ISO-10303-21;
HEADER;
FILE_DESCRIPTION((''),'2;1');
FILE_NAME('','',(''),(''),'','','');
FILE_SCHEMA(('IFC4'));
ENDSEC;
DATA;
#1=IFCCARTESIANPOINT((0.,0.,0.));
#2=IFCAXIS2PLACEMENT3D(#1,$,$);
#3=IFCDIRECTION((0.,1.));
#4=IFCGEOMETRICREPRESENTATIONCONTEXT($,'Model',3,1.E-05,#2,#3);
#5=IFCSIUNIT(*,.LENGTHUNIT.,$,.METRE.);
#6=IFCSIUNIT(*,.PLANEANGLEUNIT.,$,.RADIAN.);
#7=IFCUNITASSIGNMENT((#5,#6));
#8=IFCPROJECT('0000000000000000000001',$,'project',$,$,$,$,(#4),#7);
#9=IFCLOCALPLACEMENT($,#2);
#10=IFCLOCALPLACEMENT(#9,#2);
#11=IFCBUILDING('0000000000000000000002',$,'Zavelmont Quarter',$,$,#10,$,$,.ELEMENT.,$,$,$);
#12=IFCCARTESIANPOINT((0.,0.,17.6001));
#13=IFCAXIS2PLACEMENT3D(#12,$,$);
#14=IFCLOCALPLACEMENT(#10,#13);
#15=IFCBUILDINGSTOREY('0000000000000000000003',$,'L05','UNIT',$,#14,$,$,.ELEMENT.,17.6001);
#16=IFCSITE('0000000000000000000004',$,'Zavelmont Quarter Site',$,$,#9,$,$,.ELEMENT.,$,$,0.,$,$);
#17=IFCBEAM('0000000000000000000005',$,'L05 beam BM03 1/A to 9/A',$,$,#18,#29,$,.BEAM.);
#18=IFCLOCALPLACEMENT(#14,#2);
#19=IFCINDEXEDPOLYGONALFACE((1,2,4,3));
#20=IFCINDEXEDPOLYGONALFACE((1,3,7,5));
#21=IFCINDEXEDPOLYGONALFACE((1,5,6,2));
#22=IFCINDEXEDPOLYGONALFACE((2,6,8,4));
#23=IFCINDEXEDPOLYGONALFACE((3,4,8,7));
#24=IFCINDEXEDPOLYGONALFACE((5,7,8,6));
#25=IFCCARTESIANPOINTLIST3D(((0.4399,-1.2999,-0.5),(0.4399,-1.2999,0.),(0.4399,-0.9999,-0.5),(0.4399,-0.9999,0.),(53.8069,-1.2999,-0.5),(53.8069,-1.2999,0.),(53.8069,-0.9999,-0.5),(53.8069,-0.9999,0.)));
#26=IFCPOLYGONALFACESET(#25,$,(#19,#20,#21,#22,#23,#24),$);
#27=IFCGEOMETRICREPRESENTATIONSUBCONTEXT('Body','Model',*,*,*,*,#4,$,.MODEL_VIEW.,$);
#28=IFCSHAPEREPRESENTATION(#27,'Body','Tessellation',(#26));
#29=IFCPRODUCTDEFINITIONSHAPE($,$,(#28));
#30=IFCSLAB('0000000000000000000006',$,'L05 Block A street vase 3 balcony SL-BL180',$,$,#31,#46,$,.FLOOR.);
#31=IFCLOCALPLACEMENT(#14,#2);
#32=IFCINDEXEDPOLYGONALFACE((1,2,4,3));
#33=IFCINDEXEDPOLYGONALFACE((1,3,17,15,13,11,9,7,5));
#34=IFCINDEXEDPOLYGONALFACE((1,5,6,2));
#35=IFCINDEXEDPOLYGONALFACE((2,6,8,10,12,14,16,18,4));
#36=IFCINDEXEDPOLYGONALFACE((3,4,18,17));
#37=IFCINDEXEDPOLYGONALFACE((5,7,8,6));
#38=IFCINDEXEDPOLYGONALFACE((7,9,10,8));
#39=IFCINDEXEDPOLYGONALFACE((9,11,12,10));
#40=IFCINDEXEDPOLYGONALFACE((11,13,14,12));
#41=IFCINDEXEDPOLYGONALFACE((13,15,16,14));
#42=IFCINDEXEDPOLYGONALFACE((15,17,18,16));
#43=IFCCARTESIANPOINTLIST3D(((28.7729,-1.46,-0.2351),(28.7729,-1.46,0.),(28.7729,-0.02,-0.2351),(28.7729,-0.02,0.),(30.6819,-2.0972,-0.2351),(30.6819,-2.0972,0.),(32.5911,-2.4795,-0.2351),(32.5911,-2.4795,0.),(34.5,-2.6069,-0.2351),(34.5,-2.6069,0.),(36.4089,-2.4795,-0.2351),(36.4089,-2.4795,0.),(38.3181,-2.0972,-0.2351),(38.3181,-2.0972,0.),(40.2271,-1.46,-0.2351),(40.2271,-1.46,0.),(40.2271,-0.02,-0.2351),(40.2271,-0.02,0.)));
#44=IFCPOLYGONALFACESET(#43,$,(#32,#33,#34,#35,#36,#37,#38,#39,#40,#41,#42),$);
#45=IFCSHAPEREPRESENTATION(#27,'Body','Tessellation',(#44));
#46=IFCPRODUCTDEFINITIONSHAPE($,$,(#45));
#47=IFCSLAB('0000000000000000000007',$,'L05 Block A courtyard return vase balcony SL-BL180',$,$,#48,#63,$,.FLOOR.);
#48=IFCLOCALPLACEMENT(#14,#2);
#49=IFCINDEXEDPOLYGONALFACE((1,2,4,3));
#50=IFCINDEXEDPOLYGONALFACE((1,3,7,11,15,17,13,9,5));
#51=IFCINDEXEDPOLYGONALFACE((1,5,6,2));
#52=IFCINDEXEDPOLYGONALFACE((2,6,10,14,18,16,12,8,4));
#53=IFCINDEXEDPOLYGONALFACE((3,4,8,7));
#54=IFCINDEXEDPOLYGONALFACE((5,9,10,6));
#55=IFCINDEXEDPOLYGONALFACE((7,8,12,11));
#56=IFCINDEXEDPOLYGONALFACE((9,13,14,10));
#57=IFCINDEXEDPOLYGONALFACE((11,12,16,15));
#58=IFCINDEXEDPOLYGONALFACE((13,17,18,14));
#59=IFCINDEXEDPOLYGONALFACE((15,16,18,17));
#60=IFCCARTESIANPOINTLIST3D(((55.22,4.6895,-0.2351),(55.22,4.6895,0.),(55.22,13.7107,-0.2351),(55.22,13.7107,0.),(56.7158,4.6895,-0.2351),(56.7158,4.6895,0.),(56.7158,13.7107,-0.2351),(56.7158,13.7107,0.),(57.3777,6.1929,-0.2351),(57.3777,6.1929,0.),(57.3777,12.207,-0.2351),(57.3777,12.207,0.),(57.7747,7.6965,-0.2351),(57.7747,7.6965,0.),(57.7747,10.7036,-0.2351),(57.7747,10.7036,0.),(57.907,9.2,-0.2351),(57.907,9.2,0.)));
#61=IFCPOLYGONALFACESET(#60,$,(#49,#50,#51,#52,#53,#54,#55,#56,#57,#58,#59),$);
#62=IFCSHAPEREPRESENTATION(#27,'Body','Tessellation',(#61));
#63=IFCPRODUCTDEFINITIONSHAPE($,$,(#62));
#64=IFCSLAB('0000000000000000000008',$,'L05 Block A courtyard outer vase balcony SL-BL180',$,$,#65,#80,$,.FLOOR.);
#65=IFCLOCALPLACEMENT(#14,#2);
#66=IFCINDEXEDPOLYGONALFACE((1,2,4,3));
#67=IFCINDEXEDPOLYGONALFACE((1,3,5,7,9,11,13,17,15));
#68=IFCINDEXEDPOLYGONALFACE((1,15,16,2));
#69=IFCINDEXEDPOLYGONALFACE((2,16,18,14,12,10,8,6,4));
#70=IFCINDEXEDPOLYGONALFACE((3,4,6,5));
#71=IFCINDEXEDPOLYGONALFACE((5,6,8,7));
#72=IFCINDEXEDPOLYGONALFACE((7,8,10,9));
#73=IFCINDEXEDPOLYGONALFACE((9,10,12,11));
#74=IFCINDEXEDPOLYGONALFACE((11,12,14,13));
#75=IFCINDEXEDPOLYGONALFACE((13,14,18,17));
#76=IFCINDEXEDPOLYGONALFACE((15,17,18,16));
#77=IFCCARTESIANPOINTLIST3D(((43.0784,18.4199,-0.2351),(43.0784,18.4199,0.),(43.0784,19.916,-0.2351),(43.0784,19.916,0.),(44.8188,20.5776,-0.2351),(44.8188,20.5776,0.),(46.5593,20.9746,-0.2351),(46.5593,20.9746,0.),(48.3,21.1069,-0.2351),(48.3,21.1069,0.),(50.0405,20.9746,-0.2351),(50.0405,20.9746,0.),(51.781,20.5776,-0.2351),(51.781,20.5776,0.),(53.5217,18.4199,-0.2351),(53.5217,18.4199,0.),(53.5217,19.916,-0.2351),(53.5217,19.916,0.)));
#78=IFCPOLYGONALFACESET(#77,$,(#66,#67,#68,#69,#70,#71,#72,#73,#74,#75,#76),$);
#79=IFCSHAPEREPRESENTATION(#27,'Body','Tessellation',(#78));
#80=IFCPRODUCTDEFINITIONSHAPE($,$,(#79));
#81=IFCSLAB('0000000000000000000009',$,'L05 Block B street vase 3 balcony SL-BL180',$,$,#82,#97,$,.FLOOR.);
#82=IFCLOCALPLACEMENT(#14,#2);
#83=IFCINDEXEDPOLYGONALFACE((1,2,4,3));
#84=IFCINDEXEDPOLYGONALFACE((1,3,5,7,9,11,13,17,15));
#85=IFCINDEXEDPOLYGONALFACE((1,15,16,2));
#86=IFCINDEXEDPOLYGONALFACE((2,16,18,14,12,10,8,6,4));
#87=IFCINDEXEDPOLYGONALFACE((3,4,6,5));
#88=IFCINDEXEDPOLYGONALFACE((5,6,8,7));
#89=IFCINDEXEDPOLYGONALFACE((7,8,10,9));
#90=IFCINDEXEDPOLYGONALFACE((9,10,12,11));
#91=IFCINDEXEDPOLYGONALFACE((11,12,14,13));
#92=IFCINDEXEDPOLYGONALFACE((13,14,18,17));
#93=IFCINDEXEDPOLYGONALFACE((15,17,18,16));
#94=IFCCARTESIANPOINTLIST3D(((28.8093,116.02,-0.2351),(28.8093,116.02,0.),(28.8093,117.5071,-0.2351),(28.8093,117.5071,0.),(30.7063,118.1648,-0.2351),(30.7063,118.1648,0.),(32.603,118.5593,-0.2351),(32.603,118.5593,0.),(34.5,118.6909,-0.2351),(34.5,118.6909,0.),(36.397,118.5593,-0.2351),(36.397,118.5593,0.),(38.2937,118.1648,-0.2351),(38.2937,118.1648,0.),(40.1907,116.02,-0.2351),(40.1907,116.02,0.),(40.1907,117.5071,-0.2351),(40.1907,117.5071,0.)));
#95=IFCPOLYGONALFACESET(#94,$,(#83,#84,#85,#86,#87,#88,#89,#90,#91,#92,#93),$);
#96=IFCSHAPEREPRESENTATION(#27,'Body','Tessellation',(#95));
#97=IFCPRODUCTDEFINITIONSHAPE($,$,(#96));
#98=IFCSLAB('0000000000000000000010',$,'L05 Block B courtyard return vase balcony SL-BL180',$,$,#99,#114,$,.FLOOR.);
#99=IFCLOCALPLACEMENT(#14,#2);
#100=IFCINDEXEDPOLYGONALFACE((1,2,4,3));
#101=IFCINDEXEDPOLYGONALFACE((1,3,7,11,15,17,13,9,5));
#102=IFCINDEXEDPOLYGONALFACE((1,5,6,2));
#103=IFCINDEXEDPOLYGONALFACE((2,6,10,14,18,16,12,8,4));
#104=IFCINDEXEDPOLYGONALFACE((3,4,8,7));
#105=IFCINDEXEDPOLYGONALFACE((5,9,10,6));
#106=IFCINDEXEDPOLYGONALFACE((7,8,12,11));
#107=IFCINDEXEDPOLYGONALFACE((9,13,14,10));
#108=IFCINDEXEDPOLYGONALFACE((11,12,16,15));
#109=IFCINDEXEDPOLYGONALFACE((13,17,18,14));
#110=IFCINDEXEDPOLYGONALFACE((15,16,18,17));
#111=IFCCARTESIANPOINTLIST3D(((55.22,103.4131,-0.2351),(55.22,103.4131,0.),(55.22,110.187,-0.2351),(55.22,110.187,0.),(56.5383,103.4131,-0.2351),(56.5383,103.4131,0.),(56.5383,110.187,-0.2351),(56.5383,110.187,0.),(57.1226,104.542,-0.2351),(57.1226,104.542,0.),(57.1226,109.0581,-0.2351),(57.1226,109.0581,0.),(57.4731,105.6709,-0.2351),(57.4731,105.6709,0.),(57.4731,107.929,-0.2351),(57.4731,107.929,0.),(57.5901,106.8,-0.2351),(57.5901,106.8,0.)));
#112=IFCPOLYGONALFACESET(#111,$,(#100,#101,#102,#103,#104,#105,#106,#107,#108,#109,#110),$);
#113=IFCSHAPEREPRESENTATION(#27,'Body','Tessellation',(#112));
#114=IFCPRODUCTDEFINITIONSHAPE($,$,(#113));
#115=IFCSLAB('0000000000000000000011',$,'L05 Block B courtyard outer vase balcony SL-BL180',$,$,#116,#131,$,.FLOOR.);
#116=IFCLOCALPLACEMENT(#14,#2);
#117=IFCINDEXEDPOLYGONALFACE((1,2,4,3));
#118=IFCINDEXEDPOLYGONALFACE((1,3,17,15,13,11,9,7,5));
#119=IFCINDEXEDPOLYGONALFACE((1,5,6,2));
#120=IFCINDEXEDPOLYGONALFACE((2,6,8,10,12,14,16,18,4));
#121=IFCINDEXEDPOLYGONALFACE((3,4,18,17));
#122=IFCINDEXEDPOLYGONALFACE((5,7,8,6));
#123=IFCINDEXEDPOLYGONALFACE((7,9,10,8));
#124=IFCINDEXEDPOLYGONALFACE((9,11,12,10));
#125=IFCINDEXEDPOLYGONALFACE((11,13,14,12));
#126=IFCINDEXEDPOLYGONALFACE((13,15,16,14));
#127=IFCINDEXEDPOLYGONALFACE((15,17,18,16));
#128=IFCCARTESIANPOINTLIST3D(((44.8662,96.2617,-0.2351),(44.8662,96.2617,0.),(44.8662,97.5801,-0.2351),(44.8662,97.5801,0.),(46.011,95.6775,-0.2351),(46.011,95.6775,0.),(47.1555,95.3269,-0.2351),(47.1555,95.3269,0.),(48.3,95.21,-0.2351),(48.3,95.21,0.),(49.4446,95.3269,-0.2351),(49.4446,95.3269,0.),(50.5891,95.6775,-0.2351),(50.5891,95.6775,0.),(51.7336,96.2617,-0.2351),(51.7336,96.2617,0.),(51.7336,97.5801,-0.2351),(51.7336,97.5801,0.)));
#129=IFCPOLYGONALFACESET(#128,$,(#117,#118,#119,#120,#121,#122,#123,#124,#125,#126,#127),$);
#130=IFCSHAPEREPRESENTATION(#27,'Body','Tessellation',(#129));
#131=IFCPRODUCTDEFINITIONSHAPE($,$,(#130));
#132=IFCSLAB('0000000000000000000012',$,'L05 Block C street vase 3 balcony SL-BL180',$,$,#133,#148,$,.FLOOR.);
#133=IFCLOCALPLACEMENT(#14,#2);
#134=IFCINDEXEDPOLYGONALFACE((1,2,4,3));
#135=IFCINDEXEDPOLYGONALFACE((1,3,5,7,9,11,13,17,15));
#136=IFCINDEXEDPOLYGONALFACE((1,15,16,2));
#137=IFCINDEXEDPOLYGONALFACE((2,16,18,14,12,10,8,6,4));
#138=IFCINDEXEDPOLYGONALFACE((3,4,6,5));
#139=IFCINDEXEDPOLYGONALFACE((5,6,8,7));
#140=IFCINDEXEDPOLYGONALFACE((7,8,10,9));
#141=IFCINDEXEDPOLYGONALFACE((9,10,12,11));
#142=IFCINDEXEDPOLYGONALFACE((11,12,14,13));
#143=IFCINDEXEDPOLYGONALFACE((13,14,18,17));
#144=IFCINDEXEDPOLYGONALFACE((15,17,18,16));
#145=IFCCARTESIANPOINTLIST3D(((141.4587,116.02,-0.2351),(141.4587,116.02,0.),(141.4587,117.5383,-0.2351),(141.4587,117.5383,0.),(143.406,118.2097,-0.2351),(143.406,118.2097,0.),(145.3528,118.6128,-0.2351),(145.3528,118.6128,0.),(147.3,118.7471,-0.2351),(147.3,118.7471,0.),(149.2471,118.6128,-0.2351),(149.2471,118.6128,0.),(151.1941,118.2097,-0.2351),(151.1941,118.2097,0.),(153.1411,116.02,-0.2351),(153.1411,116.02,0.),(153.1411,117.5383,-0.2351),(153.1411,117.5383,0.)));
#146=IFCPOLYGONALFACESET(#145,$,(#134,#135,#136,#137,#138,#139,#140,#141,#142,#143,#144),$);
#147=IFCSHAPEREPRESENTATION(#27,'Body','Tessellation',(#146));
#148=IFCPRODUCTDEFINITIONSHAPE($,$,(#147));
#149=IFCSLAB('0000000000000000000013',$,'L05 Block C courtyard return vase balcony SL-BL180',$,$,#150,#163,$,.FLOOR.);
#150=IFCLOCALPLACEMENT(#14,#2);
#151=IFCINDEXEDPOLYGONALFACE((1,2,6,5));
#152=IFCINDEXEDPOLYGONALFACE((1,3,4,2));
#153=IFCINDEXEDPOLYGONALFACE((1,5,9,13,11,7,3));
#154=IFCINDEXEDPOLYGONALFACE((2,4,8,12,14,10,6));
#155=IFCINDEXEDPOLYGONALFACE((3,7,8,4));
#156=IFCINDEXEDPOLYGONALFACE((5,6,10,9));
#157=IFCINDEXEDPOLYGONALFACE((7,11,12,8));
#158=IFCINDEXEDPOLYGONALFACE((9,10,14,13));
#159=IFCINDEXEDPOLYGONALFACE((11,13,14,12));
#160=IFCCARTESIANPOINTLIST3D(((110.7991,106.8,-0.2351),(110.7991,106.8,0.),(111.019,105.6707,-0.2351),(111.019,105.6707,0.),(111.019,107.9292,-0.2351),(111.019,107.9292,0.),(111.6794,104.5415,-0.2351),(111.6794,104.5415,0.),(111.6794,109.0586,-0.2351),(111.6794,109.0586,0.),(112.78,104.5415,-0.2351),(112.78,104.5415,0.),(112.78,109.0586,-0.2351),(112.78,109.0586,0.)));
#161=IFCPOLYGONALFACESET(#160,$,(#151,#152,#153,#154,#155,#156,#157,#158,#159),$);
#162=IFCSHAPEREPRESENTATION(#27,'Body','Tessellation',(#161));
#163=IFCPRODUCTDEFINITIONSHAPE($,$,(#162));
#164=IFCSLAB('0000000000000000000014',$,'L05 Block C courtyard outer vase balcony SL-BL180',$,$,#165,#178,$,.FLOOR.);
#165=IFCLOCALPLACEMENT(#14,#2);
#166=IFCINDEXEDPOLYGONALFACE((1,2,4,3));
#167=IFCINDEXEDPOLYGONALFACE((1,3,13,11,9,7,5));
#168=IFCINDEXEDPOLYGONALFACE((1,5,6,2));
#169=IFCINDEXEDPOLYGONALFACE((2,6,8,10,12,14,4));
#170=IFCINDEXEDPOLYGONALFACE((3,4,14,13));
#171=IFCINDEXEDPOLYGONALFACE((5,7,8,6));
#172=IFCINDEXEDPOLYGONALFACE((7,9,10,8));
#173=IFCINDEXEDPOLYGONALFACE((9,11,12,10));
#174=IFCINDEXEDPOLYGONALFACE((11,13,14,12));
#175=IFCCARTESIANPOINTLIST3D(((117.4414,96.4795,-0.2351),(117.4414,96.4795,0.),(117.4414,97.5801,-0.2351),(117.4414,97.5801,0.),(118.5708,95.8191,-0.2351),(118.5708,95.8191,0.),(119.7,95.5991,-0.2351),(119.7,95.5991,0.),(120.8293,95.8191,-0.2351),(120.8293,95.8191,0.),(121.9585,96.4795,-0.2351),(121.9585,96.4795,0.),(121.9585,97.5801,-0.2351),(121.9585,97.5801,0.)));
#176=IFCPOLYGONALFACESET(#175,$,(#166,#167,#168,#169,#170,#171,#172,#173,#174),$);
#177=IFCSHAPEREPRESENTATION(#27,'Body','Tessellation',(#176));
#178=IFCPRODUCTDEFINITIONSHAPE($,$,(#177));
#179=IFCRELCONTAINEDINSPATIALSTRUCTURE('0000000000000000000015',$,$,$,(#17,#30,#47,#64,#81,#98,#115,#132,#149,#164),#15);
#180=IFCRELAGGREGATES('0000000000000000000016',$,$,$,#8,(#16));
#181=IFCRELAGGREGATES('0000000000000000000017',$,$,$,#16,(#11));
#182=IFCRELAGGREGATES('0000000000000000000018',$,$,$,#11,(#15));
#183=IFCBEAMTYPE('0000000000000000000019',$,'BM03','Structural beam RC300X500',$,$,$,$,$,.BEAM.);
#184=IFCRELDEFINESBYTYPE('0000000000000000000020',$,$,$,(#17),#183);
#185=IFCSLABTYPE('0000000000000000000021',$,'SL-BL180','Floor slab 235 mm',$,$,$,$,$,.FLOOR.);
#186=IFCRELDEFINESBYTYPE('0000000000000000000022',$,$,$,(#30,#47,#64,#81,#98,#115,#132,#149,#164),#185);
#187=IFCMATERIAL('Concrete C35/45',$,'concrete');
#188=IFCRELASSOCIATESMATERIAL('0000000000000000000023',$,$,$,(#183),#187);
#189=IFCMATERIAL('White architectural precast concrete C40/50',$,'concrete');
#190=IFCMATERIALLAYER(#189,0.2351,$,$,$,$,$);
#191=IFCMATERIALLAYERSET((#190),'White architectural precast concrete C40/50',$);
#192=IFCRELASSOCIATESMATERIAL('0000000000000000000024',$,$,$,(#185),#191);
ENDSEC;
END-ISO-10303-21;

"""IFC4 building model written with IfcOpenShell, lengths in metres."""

from ifc_helpers import new_model, si_unit, direction, frame, origin, origin_2d, place, context, subcontext, project, spatial, polyline, rectangle, outline, extrude, material, layer, layer_set, material_profile, profile_set, type_object, element, save


model = new_model("IFC4")

# Units and contexts
model_context = context("Model", 3, precision=1e-05, world=origin(), true_north=direction((0.0, 1.0)))
body_context = subcontext(model_context, "Body", "Model", "MODEL_VIEW")
ifc_project = project(units=[si_unit("LENGTHUNIT", "METRE"), si_unit("PLANEANGLEUNIT", "RADIAN")], contexts=[model_context])

# Site, building, storey
site_placement = place(None, origin())
site = spatial("IfcSite", under=ifc_project, at=site_placement, Name="Zavelmont Quarter Site", CompositionType="ELEMENT", RefElevation=0.0)
building_placement = place(site_placement, origin())
building = spatial("IfcBuilding", under=site, at=building_placement, Name="Zavelmont Quarter", CompositionType="ELEMENT")
storey_placement = place(building_placement, frame((0.0, 0.0, 17.6001)))
storey = spatial("IfcBuildingStorey", under=building, at=storey_placement, Name="L05", Description="UNIT", CompositionType="ELEMENT", Elevation=17.6001)

# Beam
ifc_material_1 = material(Name="Concrete C35/45", Category="concrete")
ifc_material_profile = material_profile(ifc_material_1, rectangle(XDim=0.3, YDim=0.5, at=origin_2d()), Name="RC300X500")
ifc_profile_set = profile_set([ifc_material_profile], Name="Concrete C35/45")
beam_type = type_object("IfcBeamType", Name="BM03", Description="Structural beam RC300X500", PredefinedType="BEAM", material=ifc_profile_set)
beam_placement = place(storey_placement, frame((0.4399, -1.1499, -0.25), z_axis=(1.0, 0.0, 0.0), x_axis=(0.0, 1.0, 0.0)))
element("IfcBeam", 1, at=beam_placement, inside=storey, type_object=beam_type, Name="L05 beam BM03 1/A to 9/A", PredefinedType="BEAM", context=body_context, shape_type="SweptSolid", body=[
    extrude(rectangle(XDim=0.3, YDim=0.5, at=origin_2d()), origin(), (0.0, 0.0, 1.0), 53.3669),
])

# Slabs
ifc_material_2 = material(Name="White architectural precast concrete C40/50", Category="concrete")
ifc_layer_1 = layer(ifc_material_2, 0.2351)
ifc_layer_set_1 = layer_set([ifc_layer_1], Name="White architectural precast concrete C40/50")
slab_type_1 = type_object("IfcSlabType", Name="SL-BL180", Description="Floor slab 235 mm", PredefinedType="FLOOR", material=ifc_layer_set_1)
slab_1_placement = place(storey_placement, frame((0.0, 0.0, -0.2351)))
element("IfcSlab", 2, at=slab_1_placement, inside=storey, type_object=slab_type_1, Name="L05 Block A street vase 3 balcony SL-BL180", PredefinedType="FLOOR", context=body_context, shape_type="SweptSolid", body=[
    extrude(outline(polyline([(28.7729, -0.02), (28.7729, -1.46), (30.6819, -2.0972), (32.5911, -2.4795), (34.5, -2.6069), (36.4089, -2.4795), (38.3181, -2.0972), (40.2271, -1.46), (40.2271, -0.02), (28.7729, -0.02)])), origin(), (0.0, 0.0, 1.0), 0.2351),
])
slab_2_placement = place(storey_placement, frame((0.0, 0.0, -0.2351)))
element("IfcSlab", 3, at=slab_2_placement, inside=storey, type_object=slab_type_1, Name="L05 Block A courtyard return vase balcony SL-BL180", PredefinedType="FLOOR", context=body_context, shape_type="SweptSolid", body=[
    extrude(outline(polyline([(55.22, 4.6895), (56.7158, 4.6895), (57.3777, 6.1929), (57.7747, 7.6965), (57.907, 9.2), (57.7747, 10.7036), (57.3777, 12.207), (56.7158, 13.7107), (55.22, 13.7107), (55.22, 4.6895)])), origin(), (0.0, 0.0, 1.0), 0.2351),
])
slab_3_placement = place(storey_placement, frame((0.0, 0.0, -0.2351)))
element("IfcSlab", 4, at=slab_3_placement, inside=storey, type_object=slab_type_1, Name="L05 Block A courtyard outer vase balcony SL-BL180", PredefinedType="FLOOR", context=body_context, shape_type="SweptSolid", body=[
    extrude(outline(polyline([(53.5217, 18.4199), (53.5217, 19.916), (51.781, 20.5776), (50.0405, 20.9746), (48.3, 21.1069), (46.5593, 20.9746), (44.8188, 20.5776), (43.0784, 19.916), (43.0784, 18.4199), (53.5217, 18.4199)])), origin(), (0.0, 0.0, 1.0), 0.2351),
])
slab_4_placement = place(storey_placement, frame((0.0, 0.0, -0.2351)))
element("IfcSlab", 5, at=slab_4_placement, inside=storey, type_object=slab_type_1, Name="L05 Block B street vase 3 balcony SL-BL180", PredefinedType="FLOOR", context=body_context, shape_type="SweptSolid", body=[
    extrude(outline(polyline([(40.1907, 116.02), (40.1907, 117.5071), (38.2937, 118.1648), (36.397, 118.5593), (34.5, 118.6909), (32.603, 118.5593), (30.7063, 118.1648), (28.8093, 117.5071), (28.8093, 116.02), (40.1907, 116.02)])), origin(), (0.0, 0.0, 1.0), 0.2351),
])
slab_5_placement = place(storey_placement, frame((0.0, 0.0, -0.2351)))
element("IfcSlab", 6, at=slab_5_placement, inside=storey, type_object=slab_type_1, Name="L05 Block B courtyard return vase balcony SL-BL180", PredefinedType="FLOOR", context=body_context, shape_type="SweptSolid", body=[
    extrude(outline(polyline([(55.22, 103.4131), (56.5383, 103.4131), (57.1226, 104.542), (57.4731, 105.6709), (57.5901, 106.8), (57.4731, 107.929), (57.1226, 109.0581), (56.5383, 110.187), (55.22, 110.187), (55.22, 103.4131)])), origin(), (0.0, 0.0, 1.0), 0.2351),
])
slab_6_placement = place(storey_placement, frame((0.0, 0.0, -0.2351)))
element("IfcSlab", 7, at=slab_6_placement, inside=storey, type_object=slab_type_1, Name="L05 Block B courtyard outer vase balcony SL-BL180", PredefinedType="FLOOR", context=body_context, shape_type="SweptSolid", body=[
    extrude(outline(polyline([(44.8662, 97.5801), (44.8662, 96.2617), (46.011, 95.6775), (47.1555, 95.3269), (48.3, 95.21), (49.4446, 95.3269), (50.5891, 95.6775), (51.7336, 96.2617), (51.7336, 97.5801), (44.8662, 97.5801)])), origin(), (0.0, 0.0, 1.0), 0.2351),
])
slab_7_placement = place(storey_placement, frame((0.0, 0.0, -0.2351)))
element("IfcSlab", 8, at=slab_7_placement, inside=storey, type_object=slab_type_1, Name="L05 Block C street vase 3 balcony SL-BL180", PredefinedType="FLOOR", context=body_context, shape_type="SweptSolid", body=[
    extrude(outline(polyline([(153.1411, 116.02), (153.1411, 117.5383), (151.1941, 118.2097), (149.2471, 118.6128), (147.3, 118.7471), (145.3528, 118.6128), (143.406, 118.2097), (141.4587, 117.5383), (141.4587, 116.02), (153.1411, 116.02)])), origin(), (0.0, 0.0, 1.0), 0.2351),
])
slab_8_placement = place(storey_placement, frame((0.0, 0.0, -0.2351)))
element("IfcSlab", 9, at=slab_8_placement, inside=storey, type_object=slab_type_1, Name="L05 Block C courtyard return vase balcony SL-BL180", PredefinedType="FLOOR", context=body_context, shape_type="SweptSolid", body=[
    extrude(outline(polyline([(112.78, 109.0586), (111.6794, 109.0586), (111.019, 107.9292), (110.7991, 106.8), (111.019, 105.6707), (111.6794, 104.5415), (112.78, 104.5415), (112.78, 109.0586)])), origin(), (0.0, 0.0, 1.0), 0.2351),
])
slab_9_placement = place(storey_placement, frame((0.0, 0.0, -0.2351)))
element("IfcSlab", 10, at=slab_9_placement, inside=storey, type_object=slab_type_1, Name="L05 Block C courtyard outer vase balcony SL-BL180", PredefinedType="FLOOR", context=body_context, shape_type="SweptSolid", body=[
    extrude(outline(polyline([(117.4414, 97.5801), (117.4414, 96.4795), (118.5708, 95.8191), (119.7, 95.5991), (120.8293, 95.8191), (121.9585, 96.4795), (121.9585, 97.5801), (117.4414, 97.5801)])), origin(), (0.0, 0.0, 1.0), 0.2351),
])

save(model, "model.ifc")
